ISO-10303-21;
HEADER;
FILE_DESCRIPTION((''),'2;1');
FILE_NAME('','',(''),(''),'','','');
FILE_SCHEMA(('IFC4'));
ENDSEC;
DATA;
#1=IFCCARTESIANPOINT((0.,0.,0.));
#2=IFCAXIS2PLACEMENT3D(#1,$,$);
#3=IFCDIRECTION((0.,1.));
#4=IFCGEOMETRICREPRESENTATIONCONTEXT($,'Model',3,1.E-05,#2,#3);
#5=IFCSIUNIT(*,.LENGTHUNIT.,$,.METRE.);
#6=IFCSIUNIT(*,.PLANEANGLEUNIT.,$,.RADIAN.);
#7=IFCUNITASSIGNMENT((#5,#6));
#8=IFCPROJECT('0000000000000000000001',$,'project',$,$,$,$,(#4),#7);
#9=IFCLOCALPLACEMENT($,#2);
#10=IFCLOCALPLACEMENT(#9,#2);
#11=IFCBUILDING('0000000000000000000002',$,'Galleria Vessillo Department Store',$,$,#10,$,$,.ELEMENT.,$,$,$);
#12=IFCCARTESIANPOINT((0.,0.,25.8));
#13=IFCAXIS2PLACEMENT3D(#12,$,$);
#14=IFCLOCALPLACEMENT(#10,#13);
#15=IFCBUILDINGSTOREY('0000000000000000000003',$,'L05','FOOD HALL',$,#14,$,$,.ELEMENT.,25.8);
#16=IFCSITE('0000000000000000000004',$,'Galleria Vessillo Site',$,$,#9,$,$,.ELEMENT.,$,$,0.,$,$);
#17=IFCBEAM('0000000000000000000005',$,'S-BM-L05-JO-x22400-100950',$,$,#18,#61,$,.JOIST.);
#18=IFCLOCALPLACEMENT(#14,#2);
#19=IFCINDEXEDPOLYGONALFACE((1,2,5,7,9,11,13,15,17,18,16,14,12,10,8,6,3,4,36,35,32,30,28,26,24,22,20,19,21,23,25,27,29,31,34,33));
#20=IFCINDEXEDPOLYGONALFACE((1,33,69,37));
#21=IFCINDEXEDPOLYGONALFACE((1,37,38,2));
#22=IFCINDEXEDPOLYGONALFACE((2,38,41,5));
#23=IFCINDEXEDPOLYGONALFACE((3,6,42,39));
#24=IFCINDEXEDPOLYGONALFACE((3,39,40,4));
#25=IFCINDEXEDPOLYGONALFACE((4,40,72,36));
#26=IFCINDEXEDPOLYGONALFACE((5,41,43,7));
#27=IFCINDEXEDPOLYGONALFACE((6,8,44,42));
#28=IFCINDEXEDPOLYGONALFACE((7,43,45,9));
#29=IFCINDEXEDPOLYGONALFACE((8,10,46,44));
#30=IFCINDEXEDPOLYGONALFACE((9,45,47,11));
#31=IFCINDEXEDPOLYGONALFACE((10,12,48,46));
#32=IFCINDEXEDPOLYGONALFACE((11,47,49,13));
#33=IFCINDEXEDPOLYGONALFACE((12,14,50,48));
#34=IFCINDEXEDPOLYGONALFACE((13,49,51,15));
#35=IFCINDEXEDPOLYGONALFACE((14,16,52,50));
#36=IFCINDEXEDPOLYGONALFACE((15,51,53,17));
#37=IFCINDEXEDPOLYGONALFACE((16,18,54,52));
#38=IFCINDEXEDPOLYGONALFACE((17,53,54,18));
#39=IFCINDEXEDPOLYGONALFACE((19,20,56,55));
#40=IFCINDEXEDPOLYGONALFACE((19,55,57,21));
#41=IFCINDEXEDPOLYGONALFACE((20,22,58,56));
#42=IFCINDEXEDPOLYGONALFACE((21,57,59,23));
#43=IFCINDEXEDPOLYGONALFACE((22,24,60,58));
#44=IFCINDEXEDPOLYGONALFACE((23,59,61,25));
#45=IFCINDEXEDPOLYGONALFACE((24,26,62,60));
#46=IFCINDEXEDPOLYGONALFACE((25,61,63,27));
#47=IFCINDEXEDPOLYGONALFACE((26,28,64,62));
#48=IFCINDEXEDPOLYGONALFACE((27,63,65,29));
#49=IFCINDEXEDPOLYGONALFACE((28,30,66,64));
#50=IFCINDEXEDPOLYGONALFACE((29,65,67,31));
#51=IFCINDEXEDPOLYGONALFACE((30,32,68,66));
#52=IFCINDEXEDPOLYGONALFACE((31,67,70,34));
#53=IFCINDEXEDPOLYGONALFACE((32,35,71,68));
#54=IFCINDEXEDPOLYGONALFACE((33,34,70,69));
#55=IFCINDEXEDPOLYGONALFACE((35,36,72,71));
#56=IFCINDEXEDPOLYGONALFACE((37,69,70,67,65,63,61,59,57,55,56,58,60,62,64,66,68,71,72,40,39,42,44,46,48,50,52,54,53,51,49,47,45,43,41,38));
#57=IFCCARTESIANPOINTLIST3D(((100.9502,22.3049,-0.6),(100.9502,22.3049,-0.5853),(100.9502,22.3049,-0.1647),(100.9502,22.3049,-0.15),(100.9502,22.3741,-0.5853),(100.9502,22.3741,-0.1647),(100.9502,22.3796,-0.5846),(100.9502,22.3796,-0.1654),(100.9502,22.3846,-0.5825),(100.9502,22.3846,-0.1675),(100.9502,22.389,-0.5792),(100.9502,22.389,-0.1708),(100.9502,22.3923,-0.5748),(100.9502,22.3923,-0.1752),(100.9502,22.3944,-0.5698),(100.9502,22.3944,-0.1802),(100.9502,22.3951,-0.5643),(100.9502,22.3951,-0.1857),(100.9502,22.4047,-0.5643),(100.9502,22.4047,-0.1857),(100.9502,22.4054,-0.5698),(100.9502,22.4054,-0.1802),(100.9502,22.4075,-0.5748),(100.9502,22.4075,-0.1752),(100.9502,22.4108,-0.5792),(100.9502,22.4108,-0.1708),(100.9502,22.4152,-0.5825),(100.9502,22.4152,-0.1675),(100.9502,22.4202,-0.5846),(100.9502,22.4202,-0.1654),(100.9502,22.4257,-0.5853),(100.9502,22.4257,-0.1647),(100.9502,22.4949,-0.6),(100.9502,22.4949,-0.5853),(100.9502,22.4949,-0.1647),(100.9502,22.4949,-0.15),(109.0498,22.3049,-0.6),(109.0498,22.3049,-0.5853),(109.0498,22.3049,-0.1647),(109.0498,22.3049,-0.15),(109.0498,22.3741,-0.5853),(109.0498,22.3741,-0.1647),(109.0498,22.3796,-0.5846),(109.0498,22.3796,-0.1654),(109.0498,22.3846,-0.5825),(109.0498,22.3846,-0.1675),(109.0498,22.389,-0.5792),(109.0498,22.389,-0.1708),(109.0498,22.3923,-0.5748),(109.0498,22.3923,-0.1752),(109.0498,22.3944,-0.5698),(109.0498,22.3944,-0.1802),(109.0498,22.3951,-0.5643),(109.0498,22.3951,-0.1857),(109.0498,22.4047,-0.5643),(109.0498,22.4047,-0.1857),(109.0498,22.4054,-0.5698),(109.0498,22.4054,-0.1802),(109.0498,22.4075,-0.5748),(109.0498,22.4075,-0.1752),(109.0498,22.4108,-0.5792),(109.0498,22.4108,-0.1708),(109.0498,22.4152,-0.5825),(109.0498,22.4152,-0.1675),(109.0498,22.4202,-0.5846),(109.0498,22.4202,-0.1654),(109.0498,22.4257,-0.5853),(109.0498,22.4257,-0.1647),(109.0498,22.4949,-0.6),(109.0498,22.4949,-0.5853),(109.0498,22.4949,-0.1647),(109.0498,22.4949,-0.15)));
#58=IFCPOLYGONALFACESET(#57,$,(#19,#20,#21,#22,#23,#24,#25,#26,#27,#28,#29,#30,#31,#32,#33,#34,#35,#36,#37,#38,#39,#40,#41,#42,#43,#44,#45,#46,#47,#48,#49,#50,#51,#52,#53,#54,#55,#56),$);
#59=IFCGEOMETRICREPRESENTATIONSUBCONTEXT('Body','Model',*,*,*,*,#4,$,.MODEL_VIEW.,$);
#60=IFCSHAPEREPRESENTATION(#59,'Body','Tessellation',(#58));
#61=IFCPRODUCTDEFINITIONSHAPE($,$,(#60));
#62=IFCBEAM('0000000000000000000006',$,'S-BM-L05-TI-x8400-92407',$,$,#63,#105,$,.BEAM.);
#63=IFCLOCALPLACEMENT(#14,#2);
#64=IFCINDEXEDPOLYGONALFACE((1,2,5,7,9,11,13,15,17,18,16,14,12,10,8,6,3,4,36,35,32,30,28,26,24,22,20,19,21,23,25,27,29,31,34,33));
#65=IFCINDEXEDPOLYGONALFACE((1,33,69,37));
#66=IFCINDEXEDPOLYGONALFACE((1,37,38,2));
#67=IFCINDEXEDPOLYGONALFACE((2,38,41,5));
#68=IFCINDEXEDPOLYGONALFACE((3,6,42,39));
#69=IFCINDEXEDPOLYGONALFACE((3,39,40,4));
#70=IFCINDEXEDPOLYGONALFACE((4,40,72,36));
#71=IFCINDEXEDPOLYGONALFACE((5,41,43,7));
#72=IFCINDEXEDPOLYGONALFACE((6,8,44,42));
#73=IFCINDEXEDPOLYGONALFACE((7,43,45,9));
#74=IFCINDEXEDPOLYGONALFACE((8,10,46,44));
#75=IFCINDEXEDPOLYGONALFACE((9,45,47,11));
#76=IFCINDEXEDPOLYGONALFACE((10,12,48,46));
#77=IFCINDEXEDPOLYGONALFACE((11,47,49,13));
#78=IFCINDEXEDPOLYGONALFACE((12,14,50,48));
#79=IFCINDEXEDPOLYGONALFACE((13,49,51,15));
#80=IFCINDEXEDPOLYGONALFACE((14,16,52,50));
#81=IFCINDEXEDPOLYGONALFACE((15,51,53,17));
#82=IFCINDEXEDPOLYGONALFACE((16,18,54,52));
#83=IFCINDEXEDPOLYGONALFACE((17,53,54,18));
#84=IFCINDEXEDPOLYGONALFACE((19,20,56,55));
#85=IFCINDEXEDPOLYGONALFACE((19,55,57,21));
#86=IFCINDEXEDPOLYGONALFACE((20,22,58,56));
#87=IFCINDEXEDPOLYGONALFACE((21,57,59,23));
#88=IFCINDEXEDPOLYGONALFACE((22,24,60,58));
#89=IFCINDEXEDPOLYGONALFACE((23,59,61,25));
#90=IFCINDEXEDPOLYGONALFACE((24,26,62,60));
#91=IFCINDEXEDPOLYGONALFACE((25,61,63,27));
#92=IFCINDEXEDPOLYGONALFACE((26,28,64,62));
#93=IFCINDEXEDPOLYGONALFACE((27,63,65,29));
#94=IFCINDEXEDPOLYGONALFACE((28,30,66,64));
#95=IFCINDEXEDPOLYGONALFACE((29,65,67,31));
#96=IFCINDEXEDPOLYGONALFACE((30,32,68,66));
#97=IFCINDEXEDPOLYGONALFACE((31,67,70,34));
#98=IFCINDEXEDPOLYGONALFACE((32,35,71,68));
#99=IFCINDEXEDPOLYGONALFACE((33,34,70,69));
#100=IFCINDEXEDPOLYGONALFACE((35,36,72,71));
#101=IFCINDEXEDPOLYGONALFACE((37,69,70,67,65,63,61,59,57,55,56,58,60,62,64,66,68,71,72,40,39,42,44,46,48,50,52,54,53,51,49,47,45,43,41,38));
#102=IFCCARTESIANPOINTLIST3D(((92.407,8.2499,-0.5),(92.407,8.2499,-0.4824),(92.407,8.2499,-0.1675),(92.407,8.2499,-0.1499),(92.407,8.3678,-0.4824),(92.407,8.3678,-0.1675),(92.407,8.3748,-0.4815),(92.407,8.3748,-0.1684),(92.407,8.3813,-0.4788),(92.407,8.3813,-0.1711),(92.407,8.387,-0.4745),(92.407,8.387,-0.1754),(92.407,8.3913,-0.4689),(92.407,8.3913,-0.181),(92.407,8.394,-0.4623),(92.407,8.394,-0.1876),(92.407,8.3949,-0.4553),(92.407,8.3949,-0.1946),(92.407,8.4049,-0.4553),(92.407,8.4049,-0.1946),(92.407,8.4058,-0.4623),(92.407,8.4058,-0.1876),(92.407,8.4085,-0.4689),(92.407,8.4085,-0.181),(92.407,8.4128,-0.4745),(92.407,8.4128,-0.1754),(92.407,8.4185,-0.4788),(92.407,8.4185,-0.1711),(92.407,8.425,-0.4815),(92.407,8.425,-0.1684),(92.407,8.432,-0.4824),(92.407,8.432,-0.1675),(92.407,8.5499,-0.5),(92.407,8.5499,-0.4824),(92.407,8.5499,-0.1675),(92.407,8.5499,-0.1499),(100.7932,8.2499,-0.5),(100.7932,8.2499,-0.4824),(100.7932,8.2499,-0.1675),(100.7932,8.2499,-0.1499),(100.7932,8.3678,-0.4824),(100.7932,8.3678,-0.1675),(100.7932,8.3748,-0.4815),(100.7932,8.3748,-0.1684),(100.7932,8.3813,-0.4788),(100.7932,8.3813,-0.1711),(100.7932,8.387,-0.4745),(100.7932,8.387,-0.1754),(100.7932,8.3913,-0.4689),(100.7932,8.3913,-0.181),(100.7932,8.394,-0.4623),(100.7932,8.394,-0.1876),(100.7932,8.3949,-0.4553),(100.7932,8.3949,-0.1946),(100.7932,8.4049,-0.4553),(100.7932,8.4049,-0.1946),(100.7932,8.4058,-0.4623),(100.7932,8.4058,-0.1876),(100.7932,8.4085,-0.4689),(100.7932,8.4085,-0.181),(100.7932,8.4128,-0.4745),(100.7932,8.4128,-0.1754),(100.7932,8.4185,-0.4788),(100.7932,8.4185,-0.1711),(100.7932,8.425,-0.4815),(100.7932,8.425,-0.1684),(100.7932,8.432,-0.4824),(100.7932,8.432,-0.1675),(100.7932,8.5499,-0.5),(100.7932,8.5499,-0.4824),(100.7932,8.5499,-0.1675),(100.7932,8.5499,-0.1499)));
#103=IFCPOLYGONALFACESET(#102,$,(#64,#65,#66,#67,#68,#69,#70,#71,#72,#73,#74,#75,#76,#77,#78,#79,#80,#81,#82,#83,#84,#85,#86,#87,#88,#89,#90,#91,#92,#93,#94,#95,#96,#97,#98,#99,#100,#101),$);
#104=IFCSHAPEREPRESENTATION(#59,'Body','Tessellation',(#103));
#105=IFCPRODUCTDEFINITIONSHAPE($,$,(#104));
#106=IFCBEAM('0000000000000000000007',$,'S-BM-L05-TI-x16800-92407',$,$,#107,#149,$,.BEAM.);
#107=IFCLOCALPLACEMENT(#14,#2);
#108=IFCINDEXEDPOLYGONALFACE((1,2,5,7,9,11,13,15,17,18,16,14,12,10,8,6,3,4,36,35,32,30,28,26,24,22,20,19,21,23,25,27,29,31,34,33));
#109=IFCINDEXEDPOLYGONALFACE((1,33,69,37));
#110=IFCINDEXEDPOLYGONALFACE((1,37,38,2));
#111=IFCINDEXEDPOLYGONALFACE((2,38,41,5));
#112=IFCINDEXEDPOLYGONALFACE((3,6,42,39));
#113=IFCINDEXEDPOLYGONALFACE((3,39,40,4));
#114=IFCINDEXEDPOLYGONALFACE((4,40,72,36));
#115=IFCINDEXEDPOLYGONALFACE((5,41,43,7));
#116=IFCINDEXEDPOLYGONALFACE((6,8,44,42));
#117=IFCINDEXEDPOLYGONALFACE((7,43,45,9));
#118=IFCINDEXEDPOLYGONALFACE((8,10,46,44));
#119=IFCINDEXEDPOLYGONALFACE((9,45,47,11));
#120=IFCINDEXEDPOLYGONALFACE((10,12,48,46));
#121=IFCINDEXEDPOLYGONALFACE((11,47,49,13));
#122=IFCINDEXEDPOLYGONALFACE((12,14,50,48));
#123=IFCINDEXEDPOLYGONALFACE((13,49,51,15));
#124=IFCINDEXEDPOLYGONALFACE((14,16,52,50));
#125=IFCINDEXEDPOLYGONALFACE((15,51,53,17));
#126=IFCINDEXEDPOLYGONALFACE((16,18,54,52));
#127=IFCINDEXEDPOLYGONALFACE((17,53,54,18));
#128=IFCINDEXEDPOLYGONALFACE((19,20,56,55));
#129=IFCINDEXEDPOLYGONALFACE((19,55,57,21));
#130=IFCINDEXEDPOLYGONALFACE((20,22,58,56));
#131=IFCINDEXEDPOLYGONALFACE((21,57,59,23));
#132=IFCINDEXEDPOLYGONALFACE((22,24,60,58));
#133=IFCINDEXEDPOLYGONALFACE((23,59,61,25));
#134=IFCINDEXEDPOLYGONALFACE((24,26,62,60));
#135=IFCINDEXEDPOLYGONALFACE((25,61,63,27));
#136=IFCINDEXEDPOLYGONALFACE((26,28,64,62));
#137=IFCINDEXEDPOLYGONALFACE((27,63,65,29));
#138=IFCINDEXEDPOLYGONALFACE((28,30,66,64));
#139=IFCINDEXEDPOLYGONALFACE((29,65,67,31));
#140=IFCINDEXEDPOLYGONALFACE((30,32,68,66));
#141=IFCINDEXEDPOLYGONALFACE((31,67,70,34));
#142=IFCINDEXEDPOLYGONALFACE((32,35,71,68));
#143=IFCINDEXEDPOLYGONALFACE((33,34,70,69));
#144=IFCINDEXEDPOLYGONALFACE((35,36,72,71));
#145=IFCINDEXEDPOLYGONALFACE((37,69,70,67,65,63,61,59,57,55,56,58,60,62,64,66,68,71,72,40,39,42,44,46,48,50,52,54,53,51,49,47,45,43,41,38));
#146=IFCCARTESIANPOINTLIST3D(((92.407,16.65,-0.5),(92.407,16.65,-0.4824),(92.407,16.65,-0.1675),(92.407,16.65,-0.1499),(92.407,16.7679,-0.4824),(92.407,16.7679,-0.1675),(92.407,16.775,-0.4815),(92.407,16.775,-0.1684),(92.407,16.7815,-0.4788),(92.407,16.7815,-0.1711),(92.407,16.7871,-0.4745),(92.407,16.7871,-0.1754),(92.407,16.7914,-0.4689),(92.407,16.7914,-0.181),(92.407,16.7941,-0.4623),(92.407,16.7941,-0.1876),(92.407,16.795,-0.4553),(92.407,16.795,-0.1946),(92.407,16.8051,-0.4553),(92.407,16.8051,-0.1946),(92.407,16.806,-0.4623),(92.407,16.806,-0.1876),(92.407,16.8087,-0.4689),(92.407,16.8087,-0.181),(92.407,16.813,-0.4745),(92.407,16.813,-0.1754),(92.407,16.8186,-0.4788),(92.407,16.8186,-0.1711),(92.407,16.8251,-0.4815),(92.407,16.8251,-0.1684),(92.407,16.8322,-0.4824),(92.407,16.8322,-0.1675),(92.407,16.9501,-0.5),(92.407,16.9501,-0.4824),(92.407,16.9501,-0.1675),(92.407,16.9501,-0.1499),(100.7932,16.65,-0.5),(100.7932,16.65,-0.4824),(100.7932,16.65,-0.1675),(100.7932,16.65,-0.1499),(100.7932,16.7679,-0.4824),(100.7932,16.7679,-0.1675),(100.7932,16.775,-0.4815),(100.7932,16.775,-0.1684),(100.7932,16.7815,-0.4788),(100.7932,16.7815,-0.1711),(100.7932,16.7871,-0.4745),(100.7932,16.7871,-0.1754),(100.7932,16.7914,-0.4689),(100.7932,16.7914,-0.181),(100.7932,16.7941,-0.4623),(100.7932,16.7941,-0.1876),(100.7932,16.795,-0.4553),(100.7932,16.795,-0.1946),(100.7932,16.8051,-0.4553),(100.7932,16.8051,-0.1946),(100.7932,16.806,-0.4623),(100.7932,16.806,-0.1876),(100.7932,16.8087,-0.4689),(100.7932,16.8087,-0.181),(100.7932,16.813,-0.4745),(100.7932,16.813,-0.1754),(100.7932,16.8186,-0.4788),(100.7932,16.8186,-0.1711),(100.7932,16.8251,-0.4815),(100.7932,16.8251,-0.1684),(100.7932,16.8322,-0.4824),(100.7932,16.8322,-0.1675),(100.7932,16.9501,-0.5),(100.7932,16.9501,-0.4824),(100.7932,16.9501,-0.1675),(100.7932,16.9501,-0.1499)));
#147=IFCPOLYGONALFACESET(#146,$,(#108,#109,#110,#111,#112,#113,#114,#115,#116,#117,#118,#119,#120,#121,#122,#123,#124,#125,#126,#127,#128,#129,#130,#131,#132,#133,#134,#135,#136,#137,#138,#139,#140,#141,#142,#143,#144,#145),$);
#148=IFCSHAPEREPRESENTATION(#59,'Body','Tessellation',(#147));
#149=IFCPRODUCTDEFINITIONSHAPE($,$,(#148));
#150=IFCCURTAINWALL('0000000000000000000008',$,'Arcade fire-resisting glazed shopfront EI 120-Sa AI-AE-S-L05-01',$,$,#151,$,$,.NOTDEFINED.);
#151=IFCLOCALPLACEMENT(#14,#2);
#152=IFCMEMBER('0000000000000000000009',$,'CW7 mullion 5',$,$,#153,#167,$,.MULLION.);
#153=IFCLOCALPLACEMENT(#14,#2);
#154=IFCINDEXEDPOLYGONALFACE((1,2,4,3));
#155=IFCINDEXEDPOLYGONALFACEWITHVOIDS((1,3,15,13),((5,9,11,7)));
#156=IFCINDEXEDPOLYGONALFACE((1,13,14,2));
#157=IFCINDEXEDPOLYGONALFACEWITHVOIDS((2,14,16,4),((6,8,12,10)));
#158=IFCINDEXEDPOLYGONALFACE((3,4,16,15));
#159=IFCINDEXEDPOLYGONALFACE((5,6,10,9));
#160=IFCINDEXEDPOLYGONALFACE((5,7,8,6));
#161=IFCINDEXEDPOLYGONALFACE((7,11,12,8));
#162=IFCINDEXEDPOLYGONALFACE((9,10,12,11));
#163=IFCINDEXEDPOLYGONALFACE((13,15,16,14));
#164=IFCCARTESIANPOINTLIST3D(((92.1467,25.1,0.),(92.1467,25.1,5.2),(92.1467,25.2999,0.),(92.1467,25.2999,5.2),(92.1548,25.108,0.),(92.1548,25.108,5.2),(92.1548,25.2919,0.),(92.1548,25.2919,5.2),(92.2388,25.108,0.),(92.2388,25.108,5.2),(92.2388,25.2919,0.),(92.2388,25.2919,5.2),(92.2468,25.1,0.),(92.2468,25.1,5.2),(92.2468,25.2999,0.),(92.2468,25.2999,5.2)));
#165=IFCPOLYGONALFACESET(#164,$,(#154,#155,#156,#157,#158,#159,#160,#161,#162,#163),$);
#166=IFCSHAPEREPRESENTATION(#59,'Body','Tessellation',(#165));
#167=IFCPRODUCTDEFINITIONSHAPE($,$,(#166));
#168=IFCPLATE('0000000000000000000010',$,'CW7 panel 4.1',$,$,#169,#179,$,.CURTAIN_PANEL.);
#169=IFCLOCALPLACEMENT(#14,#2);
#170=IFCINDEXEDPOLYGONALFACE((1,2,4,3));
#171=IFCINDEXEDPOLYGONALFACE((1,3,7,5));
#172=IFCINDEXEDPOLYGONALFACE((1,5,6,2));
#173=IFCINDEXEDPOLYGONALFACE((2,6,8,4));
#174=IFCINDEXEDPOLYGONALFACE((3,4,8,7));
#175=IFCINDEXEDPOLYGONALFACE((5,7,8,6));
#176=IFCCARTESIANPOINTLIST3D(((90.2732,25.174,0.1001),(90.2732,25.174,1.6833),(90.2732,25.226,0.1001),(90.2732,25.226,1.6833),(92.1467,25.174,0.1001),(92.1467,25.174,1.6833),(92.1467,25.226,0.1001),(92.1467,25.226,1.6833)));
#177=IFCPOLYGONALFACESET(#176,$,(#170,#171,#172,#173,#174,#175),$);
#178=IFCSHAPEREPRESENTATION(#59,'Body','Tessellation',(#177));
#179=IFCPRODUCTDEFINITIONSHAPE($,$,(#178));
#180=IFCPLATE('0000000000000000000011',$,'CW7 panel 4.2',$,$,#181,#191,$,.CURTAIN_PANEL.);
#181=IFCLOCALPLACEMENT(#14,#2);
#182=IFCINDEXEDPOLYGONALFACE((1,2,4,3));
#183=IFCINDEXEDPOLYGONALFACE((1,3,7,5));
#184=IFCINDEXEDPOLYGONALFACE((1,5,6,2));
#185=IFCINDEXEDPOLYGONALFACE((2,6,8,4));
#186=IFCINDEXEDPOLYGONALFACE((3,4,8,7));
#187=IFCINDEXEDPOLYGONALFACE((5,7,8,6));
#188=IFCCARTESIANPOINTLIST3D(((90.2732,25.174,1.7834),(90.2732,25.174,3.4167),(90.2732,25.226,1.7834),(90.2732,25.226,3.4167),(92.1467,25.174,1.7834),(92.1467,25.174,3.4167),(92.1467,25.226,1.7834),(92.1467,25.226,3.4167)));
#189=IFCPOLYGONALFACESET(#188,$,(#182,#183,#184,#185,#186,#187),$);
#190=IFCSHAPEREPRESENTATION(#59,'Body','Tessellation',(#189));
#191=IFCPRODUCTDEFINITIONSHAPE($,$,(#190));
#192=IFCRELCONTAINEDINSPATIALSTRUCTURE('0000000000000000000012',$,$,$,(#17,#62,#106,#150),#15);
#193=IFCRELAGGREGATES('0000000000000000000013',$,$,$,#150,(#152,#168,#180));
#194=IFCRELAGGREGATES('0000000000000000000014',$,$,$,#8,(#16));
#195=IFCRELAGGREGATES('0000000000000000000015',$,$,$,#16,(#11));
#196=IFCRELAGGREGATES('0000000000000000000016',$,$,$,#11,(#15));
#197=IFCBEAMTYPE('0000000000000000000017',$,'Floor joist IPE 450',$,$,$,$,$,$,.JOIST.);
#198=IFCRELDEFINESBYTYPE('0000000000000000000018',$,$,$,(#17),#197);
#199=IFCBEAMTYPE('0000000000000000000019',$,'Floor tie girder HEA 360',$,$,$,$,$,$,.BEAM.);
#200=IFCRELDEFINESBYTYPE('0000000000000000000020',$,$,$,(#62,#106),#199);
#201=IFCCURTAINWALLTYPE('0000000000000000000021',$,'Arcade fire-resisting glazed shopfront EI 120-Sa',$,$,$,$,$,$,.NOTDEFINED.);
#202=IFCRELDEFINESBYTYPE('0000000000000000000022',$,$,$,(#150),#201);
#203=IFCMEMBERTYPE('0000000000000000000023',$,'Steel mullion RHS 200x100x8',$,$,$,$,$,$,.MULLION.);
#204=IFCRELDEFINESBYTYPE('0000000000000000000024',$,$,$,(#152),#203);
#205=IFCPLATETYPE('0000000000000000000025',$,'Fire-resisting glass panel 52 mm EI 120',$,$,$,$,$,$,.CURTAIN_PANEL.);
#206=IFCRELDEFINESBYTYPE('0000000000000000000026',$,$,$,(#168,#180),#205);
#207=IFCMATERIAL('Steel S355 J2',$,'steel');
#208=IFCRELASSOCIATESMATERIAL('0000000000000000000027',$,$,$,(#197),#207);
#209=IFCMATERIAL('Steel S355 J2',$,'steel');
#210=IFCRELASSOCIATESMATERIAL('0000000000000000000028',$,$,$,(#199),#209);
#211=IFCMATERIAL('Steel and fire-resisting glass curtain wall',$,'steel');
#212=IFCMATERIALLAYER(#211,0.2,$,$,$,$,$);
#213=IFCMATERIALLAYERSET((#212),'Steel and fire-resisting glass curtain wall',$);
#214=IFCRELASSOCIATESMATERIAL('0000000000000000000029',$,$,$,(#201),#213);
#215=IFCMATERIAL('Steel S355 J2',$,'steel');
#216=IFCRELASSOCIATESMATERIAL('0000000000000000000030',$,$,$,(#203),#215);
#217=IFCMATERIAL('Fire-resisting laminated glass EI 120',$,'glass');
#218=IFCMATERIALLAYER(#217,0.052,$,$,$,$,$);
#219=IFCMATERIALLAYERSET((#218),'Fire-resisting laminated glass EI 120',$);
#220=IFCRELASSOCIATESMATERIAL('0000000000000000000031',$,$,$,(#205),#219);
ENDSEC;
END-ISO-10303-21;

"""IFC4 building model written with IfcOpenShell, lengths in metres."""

from ifc_helpers import new_model, si_unit, direction, frame, origin, origin_2d, place, context, subcontext, project, spatial, rectangle, hollow_rectangle, i_section, extrude, material, layer, layer_set, material_profile, profile_set, type_object, element, aggregate, save


model = new_model("IFC4")

# Units and contexts
model_context = context("Model", 3, precision=1e-05, world=origin(), true_north=direction((0.0, 1.0)))
body_context = subcontext(model_context, "Body", "Model", "MODEL_VIEW")
ifc_project = project(units=[si_unit("LENGTHUNIT", "METRE"), si_unit("PLANEANGLEUNIT", "RADIAN")], contexts=[model_context])

# Site, building, storey
site_placement = place(None, origin())
site = spatial("IfcSite", under=ifc_project, at=site_placement, Name="Galleria Vessillo Site", CompositionType="ELEMENT", RefElevation=0.0)
building_placement = place(site_placement, origin())
building = spatial("IfcBuilding", under=site, at=building_placement, Name="Galleria Vessillo Department Store", CompositionType="ELEMENT")
storey_placement = place(building_placement, frame((0.0, 0.0, 25.8)))
storey = spatial("IfcBuildingStorey", under=building, at=storey_placement, Name="L05", Description="FOOD HALL", CompositionType="ELEMENT", Elevation=25.8)

# Beams
ifc_material_1 = material(Name="Steel S355 J2", Category="steel")
ifc_material_profile_1 = material_profile(ifc_material_1, i_section(OverallWidth=0.1899, OverallDepth=0.45, WebThickness=0.0095, FlangeThickness=0.0146, FilletRadius=0.021, at=origin_2d()), Name="IPE 450")
ifc_profile_set_1 = profile_set([ifc_material_profile_1], Name="Steel S355 J2")
beam_type_1 = type_object("IfcBeamType", Name="Floor joist IPE 450", PredefinedType="JOIST", material=ifc_profile_set_1)
for number, where, z_axis, x_axis, name in (
    (1, (100.9502, 22.3999, -0.375), (1.0, 0.0, 0.0), (0.0, 1.0, 0.0), "S-BM-L05-JO-x22400-100950"),
):
    element("IfcBeam", number, at=place(storey_placement, frame(where, z_axis=z_axis, x_axis=x_axis)), inside=storey, type_object=beam_type_1, Name=name, PredefinedType="JOIST", context=body_context, shape_type="SweptSolid", body=[
        extrude(i_section(OverallWidth=0.1899, OverallDepth=0.45, WebThickness=0.0095, FlangeThickness=0.0146, FilletRadius=0.021, at=origin_2d()), origin(), (0.0, 0.0, 1.0), 8.0996),
    ])
ifc_material_2 = material(Name="Steel S355 J2", Category="steel")
ifc_material_profile_2 = material_profile(ifc_material_2, i_section(OverallWidth=0.3, OverallDepth=0.3501, WebThickness=0.01, FlangeThickness=0.0176, FilletRadius=0.0271, at=origin_2d()), Name="HEA 360")
ifc_profile_set_2 = profile_set([ifc_material_profile_2], Name="Steel S355 J2")
beam_type_2 = type_object("IfcBeamType", Name="Floor tie girder HEA 360", PredefinedType="BEAM", material=ifc_profile_set_2)
for number, where, z_axis, x_axis, name in (
    (2, (92.407, 8.3999, -0.325), (1.0, 0.0, 0.0), (0.0, 1.0, 0.0), "S-BM-L05-TI-x8400-92407"),
    (3, (92.407, 16.8, -0.325), (1.0, 0.0, 0.0), (0.0, 1.0, 0.0), "S-BM-L05-TI-x16800-92407"),
):
    element("IfcBeam", number, at=place(storey_placement, frame(where, z_axis=z_axis, x_axis=x_axis)), inside=storey, type_object=beam_type_2, Name=name, PredefinedType="BEAM", context=body_context, shape_type="SweptSolid", body=[
        extrude(i_section(OverallWidth=0.3, OverallDepth=0.3501, WebThickness=0.01, FlangeThickness=0.0176, FilletRadius=0.0271, at=origin_2d()), origin(), (0.0, 0.0, 1.0), 8.3862),
    ])

# Curtain wall, member, plates
ifc_material_3 = material(Name="Steel and fire-resisting glass curtain wall", Category="steel")
ifc_layer_1 = layer(ifc_material_3, 0.2)
ifc_layer_set_1 = layer_set([ifc_layer_1], Name="Steel and fire-resisting glass curtain wall")
curtain_wall_type = type_object("IfcCurtainWallType", Name="Arcade fire-resisting glazed shopfront EI 120-Sa", PredefinedType="NOTDEFINED", material=ifc_layer_set_1)
curtain_wall_placement = place(storey_placement, origin())
curtain_wall = element("IfcCurtainWall", 4, at=curtain_wall_placement, inside=storey, type_object=curtain_wall_type, Name="Arcade fire-resisting glazed shopfront EI 120-Sa AI-AE-S-L05-01", PredefinedType="NOTDEFINED")
ifc_material_4 = material(Name="Steel S355 J2", Category="steel")
ifc_material_profile_3 = material_profile(ifc_material_4, hollow_rectangle(XDim=0.2, YDim=0.1001, WallThickness=0.0081, at=origin_2d()), Name="RHS 200x100x8")
ifc_profile_set_3 = profile_set([ifc_material_profile_3], Name="Steel S355 J2")
member_type = type_object("IfcMemberType", Name="Steel mullion RHS 200x100x8", PredefinedType="MULLION", material=ifc_profile_set_3)
member_placement = place(storey_placement, frame((92.1968, 25.2, 0.0), z_axis=(0.0, 0.0, 1.0), x_axis=(0.0, 1.0, 0.0)))
member = element("IfcMember", 5, at=member_placement, type_object=member_type, Name="CW7 mullion 5", PredefinedType="MULLION", context=body_context, shape_type="SweptSolid", body=[
    extrude(hollow_rectangle(XDim=0.2, YDim=0.1001, WallThickness=0.0081, at=origin_2d()), origin(), (0.0, 0.0, 1.0), 5.2),
])
ifc_material_5 = material(Name="Fire-resisting laminated glass EI 120", Category="glass")
ifc_layer_2 = layer(ifc_material_5, 0.052)
ifc_layer_set_2 = layer_set([ifc_layer_2], Name="Fire-resisting laminated glass EI 120")
plate_type = type_object("IfcPlateType", Name="Fire-resisting glass panel 52 mm EI 120", PredefinedType="CURTAIN_PANEL", material=ifc_layer_set_2)
plate_1_placement = place(storey_placement, frame((91.21, 25.2, 0.1001), z_axis=(0.0, 0.0, 1.0), x_axis=(1.0, 0.0, 0.0)))
plate_1 = element("IfcPlate", 6, at=plate_1_placement, type_object=plate_type, Name="CW7 panel 4.1", PredefinedType="CURTAIN_PANEL", context=body_context, shape_type="SweptSolid", body=[
    extrude(rectangle(XDim=1.8735, YDim=0.052, at=origin_2d()), origin(), (0.0, 0.0, 1.0), 1.5833),
])
plate_2_placement = place(storey_placement, frame((91.21, 25.2, 1.7834), z_axis=(0.0, 0.0, 1.0), x_axis=(1.0, 0.0, 0.0)))
plate_2 = element("IfcPlate", 7, at=plate_2_placement, type_object=plate_type, Name="CW7 panel 4.2", PredefinedType="CURTAIN_PANEL", context=body_context, shape_type="SweptSolid", body=[
    extrude(rectangle(XDim=1.8735, YDim=0.052, at=origin_2d()), origin(), (0.0, 0.0, 1.0), 1.6333),
])
aggregate(curtain_wall, [member, plate_1, plate_2])

save(model, "model.ifc")
